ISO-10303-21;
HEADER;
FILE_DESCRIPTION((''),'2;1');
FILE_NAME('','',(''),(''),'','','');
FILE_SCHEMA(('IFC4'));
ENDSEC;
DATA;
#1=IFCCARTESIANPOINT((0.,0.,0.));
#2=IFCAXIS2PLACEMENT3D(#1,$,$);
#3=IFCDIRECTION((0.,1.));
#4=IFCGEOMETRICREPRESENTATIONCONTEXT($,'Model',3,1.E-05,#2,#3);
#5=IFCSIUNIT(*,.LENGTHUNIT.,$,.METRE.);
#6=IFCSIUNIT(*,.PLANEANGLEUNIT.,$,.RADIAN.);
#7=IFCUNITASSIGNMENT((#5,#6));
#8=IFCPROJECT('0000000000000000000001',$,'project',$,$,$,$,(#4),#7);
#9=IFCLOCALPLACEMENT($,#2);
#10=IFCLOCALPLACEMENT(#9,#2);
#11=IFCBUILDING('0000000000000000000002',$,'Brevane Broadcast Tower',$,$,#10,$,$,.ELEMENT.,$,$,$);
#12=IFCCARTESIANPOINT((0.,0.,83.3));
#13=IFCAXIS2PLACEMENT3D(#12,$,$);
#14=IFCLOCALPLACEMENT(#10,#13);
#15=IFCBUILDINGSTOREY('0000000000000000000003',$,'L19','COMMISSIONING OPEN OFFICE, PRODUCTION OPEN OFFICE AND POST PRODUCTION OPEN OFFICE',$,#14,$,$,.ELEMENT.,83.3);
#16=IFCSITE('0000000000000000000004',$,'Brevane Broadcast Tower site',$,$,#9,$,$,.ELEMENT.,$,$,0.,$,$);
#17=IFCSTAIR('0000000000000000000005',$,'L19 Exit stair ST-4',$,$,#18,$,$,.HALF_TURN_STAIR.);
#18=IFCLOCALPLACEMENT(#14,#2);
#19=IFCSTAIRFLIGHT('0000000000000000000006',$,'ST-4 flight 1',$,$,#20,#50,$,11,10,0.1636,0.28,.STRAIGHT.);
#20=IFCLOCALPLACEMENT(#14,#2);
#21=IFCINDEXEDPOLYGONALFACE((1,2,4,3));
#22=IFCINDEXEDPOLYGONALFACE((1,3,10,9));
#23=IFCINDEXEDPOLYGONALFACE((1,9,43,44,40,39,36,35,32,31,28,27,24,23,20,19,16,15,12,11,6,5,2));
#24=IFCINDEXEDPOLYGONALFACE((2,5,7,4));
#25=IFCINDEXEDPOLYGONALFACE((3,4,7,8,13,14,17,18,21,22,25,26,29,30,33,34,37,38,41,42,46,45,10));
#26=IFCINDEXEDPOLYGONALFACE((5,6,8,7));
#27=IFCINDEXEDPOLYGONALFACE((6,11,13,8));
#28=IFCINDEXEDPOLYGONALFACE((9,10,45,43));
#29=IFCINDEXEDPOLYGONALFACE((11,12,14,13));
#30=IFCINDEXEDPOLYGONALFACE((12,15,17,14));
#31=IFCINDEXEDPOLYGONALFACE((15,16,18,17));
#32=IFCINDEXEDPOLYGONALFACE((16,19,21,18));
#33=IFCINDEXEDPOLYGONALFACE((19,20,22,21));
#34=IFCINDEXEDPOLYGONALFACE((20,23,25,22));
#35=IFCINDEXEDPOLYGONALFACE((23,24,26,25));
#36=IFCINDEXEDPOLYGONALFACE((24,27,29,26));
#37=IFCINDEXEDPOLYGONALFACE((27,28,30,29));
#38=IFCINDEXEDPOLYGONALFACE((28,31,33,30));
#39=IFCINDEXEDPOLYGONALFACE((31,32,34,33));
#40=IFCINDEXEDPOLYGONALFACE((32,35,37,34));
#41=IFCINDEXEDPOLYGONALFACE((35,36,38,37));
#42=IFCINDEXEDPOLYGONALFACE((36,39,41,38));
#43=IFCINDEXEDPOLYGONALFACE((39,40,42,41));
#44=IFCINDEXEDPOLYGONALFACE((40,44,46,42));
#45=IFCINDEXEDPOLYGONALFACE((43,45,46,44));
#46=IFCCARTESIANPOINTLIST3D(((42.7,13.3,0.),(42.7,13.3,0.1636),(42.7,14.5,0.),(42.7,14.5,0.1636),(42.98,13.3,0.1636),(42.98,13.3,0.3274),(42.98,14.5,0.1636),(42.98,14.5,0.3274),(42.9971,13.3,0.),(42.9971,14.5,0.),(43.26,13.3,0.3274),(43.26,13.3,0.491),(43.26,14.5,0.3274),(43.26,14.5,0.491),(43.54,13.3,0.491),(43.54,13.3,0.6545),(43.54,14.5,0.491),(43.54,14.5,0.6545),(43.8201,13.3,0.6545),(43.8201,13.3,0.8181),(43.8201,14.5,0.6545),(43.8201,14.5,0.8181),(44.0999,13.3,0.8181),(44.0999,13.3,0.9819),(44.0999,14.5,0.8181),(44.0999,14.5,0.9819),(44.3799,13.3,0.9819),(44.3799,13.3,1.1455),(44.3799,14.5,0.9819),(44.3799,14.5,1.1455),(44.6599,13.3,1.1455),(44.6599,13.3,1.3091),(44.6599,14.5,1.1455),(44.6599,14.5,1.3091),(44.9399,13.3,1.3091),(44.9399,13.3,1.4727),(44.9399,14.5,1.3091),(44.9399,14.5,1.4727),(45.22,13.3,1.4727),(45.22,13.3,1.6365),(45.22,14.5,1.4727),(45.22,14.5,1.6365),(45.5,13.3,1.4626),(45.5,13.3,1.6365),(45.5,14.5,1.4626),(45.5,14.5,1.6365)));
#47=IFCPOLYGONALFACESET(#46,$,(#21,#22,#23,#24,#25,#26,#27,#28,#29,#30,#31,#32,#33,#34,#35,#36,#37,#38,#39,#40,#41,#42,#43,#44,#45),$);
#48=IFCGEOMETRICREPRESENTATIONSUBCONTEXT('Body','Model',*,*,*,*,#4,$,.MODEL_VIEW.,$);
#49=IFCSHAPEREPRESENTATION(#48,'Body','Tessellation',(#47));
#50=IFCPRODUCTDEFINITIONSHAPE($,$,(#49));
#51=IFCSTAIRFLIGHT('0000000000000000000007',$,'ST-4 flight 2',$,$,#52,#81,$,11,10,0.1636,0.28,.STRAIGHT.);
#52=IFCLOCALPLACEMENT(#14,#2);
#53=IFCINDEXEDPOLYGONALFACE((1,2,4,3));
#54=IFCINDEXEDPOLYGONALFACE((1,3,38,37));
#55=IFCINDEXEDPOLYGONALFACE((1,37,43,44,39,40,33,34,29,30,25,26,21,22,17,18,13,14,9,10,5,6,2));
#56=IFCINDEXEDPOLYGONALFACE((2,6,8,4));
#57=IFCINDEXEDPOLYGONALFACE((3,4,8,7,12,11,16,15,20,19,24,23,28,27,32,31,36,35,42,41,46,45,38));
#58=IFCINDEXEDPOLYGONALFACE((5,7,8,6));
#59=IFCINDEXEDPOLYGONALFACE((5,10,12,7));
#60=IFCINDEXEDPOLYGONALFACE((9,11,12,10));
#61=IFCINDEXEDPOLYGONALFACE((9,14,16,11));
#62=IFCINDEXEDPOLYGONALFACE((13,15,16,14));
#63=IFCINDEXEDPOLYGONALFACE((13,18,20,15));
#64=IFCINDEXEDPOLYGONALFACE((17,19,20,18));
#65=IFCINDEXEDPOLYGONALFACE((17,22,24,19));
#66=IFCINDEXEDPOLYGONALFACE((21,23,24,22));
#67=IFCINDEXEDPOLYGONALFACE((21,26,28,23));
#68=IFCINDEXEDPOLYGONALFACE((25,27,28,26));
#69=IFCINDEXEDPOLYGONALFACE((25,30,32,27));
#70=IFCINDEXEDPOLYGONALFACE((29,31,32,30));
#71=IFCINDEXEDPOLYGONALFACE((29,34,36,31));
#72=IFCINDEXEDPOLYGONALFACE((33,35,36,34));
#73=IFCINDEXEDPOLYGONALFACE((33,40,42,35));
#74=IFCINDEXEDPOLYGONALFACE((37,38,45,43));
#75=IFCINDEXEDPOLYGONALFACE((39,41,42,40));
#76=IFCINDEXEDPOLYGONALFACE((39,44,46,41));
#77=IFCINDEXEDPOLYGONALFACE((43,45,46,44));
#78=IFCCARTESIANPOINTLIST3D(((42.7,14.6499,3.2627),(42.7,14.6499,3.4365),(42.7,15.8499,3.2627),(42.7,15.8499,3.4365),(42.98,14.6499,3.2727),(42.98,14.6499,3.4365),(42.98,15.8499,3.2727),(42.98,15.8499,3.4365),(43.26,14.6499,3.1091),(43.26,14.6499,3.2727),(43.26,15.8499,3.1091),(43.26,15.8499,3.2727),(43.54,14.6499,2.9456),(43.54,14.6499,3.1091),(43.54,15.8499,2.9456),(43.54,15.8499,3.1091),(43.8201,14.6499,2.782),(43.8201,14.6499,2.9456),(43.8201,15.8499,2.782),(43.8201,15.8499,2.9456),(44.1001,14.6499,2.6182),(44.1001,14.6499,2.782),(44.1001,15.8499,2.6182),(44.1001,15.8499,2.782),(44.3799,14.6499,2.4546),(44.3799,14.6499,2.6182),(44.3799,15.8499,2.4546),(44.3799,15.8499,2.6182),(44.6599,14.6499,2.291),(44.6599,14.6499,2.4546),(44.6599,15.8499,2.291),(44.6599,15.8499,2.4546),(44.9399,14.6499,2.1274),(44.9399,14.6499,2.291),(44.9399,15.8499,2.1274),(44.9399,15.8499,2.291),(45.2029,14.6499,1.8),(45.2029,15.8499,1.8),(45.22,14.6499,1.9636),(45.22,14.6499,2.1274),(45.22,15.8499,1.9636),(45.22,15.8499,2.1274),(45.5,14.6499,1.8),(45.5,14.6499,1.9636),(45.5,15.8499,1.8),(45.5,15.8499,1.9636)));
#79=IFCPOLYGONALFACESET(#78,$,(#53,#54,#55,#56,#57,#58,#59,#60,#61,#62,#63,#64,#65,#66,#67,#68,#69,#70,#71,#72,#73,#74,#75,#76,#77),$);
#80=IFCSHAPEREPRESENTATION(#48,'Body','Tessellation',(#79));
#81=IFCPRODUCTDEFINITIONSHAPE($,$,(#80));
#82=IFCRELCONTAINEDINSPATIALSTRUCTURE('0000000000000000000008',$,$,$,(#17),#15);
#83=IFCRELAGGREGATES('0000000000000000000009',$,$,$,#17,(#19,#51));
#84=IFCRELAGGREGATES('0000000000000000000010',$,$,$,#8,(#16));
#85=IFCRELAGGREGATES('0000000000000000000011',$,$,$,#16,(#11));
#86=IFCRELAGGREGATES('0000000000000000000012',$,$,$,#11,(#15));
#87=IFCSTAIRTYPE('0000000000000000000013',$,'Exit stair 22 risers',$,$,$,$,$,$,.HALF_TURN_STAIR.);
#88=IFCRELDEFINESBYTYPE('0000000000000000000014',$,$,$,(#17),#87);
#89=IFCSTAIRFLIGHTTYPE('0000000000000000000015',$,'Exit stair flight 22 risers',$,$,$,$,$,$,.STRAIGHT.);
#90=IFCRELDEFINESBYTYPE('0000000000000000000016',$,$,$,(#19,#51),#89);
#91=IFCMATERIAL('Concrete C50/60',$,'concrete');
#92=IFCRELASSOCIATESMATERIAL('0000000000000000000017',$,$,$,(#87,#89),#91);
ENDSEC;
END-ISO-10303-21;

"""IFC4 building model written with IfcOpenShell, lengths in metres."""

from ifc_helpers import new_model, si_unit, direction, frame, origin, place, context, subcontext, project, spatial, polyline, outline, extrude, material, type_object, element, aggregate, save


model = new_model("IFC4")

# Units and contexts
model_context = context("Model", 3, precision=1e-05, world=origin(), true_north=direction((0.0, 1.0)))
body_context = subcontext(model_context, "Body", "Model", "MODEL_VIEW")
ifc_project = project(units=[si_unit("LENGTHUNIT", "METRE"), si_unit("PLANEANGLEUNIT", "RADIAN")], contexts=[model_context])

# Site, building, storey
site_placement = place(None, origin())
site = spatial("IfcSite", under=ifc_project, at=site_placement, Name="Brevane Broadcast Tower site", CompositionType="ELEMENT", RefElevation=0.0)
building_placement = place(site_placement, origin())
building = spatial("IfcBuilding", under=site, at=building_placement, Name="Brevane Broadcast Tower", CompositionType="ELEMENT")
storey_placement = place(building_placement, frame((0.0, 0.0, 83.3)))
storey = spatial("IfcBuildingStorey", under=building, at=storey_placement, Name="L19", Description="COMMISSIONING OPEN OFFICE, PRODUCTION OPEN OFFICE AND POST PRODUCTION OPEN OFFICE", CompositionType="ELEMENT", Elevation=83.3)

# Stair, stair flights
ifc_material_1 = material(Name="Concrete C50/60", Category="concrete")
stair_type = type_object("IfcStairType", Name="Exit stair 22 risers", PredefinedType="HALF_TURN_STAIR", material=ifc_material_1)
stair_placement = place(storey_placement, origin())
stair = element("IfcStair", 1, at=stair_placement, inside=storey, type_object=stair_type, Name="L19 Exit stair ST-4", PredefinedType="HALF_TURN_STAIR")
stair_flight_type = type_object("IfcStairFlightType", Name="Exit stair flight 22 risers", PredefinedType="STRAIGHT", material=ifc_material_1)
stair_flight_1_placement = place(storey_placement, frame((42.7, 13.8999, 0.0), z_axis=(0.0, 0.0, 1.0), x_axis=(1.0, 0.0, 0.0)))
stair_flight_1 = element("IfcStairFlight", 2, at=stair_flight_1_placement, type_object=stair_flight_type, Name="ST-4 flight 1", NumberOfRisers=11, NumberOfTreads=10, PredefinedType="STRAIGHT", RiserHeight=0.1636, TreadLength=0.28, context=body_context, shape_type="SweptSolid", body=[
    extrude(outline(polyline([(0.0, 0.0), (0.0, 0.1636), (0.28, 0.1636), (0.28, 0.3274), (0.5601, 0.3274), (0.5601, 0.491), (0.8401, 0.491), (0.8401, 0.6545), (1.1201, 0.6545), (1.1201, 0.8181), (1.3999, 0.8181), (1.3999, 0.9819), (1.6799, 0.9819), (1.6799, 1.1455), (1.96, 1.1455), (1.96, 1.3091), (2.24, 1.3091), (2.24, 1.4727), (2.52, 1.4727), (2.52, 1.6365), (2.8, 1.6365), (2.8, 1.8), (2.8, 1.4626), (0.2971, 0.0), (0.0, 0.0)])), frame((0.0, 0.6001, 0.0), z_axis=(0.0, -1.0, 0.0), x_axis=(1.0, 0.0, 0.0)), (0.0, 0.0, 1.0), 1.2),
])
stair_flight_2_placement = place(storey_placement, frame((45.5, 15.25, 1.8), z_axis=(0.0, 0.0, 1.0), x_axis=(-1.0, 0.0, 0.0)))
stair_flight_2 = element("IfcStairFlight", 3, at=stair_flight_2_placement, type_object=stair_flight_type, Name="ST-4 flight 2", NumberOfRisers=11, NumberOfTreads=10, PredefinedType="STRAIGHT", RiserHeight=0.1636, TreadLength=0.28, context=body_context, shape_type="SweptSolid", body=[
    extrude(outline(polyline([(0.0, 0.0), (0.0, 0.1636), (0.28, 0.1636), (0.28, 0.3274), (0.5601, 0.3274), (0.5601, 0.491), (0.8401, 0.491), (0.8401, 0.6545), (1.1201, 0.6545), (1.1201, 0.8181), (1.3999, 0.8181), (1.3999, 0.9819), (1.6799, 0.9819), (1.6799, 1.1455), (1.96, 1.1455), (1.96, 1.3091), (2.24, 1.3091), (2.24, 1.4727), (2.52, 1.4727), (2.52, 1.6365), (2.8, 1.6365), (2.8, 1.8), (2.8, 1.4626), (0.2971, 0.0), (0.0, 0.0)])), frame((0.0, 0.6001, 0.0), z_axis=(0.0, -1.0, 0.0), x_axis=(1.0, 0.0, 0.0)), (0.0, 0.0, 1.0), 1.2),
])
aggregate(stair, [stair_flight_1, stair_flight_2])

save(model, "model.ifc")
